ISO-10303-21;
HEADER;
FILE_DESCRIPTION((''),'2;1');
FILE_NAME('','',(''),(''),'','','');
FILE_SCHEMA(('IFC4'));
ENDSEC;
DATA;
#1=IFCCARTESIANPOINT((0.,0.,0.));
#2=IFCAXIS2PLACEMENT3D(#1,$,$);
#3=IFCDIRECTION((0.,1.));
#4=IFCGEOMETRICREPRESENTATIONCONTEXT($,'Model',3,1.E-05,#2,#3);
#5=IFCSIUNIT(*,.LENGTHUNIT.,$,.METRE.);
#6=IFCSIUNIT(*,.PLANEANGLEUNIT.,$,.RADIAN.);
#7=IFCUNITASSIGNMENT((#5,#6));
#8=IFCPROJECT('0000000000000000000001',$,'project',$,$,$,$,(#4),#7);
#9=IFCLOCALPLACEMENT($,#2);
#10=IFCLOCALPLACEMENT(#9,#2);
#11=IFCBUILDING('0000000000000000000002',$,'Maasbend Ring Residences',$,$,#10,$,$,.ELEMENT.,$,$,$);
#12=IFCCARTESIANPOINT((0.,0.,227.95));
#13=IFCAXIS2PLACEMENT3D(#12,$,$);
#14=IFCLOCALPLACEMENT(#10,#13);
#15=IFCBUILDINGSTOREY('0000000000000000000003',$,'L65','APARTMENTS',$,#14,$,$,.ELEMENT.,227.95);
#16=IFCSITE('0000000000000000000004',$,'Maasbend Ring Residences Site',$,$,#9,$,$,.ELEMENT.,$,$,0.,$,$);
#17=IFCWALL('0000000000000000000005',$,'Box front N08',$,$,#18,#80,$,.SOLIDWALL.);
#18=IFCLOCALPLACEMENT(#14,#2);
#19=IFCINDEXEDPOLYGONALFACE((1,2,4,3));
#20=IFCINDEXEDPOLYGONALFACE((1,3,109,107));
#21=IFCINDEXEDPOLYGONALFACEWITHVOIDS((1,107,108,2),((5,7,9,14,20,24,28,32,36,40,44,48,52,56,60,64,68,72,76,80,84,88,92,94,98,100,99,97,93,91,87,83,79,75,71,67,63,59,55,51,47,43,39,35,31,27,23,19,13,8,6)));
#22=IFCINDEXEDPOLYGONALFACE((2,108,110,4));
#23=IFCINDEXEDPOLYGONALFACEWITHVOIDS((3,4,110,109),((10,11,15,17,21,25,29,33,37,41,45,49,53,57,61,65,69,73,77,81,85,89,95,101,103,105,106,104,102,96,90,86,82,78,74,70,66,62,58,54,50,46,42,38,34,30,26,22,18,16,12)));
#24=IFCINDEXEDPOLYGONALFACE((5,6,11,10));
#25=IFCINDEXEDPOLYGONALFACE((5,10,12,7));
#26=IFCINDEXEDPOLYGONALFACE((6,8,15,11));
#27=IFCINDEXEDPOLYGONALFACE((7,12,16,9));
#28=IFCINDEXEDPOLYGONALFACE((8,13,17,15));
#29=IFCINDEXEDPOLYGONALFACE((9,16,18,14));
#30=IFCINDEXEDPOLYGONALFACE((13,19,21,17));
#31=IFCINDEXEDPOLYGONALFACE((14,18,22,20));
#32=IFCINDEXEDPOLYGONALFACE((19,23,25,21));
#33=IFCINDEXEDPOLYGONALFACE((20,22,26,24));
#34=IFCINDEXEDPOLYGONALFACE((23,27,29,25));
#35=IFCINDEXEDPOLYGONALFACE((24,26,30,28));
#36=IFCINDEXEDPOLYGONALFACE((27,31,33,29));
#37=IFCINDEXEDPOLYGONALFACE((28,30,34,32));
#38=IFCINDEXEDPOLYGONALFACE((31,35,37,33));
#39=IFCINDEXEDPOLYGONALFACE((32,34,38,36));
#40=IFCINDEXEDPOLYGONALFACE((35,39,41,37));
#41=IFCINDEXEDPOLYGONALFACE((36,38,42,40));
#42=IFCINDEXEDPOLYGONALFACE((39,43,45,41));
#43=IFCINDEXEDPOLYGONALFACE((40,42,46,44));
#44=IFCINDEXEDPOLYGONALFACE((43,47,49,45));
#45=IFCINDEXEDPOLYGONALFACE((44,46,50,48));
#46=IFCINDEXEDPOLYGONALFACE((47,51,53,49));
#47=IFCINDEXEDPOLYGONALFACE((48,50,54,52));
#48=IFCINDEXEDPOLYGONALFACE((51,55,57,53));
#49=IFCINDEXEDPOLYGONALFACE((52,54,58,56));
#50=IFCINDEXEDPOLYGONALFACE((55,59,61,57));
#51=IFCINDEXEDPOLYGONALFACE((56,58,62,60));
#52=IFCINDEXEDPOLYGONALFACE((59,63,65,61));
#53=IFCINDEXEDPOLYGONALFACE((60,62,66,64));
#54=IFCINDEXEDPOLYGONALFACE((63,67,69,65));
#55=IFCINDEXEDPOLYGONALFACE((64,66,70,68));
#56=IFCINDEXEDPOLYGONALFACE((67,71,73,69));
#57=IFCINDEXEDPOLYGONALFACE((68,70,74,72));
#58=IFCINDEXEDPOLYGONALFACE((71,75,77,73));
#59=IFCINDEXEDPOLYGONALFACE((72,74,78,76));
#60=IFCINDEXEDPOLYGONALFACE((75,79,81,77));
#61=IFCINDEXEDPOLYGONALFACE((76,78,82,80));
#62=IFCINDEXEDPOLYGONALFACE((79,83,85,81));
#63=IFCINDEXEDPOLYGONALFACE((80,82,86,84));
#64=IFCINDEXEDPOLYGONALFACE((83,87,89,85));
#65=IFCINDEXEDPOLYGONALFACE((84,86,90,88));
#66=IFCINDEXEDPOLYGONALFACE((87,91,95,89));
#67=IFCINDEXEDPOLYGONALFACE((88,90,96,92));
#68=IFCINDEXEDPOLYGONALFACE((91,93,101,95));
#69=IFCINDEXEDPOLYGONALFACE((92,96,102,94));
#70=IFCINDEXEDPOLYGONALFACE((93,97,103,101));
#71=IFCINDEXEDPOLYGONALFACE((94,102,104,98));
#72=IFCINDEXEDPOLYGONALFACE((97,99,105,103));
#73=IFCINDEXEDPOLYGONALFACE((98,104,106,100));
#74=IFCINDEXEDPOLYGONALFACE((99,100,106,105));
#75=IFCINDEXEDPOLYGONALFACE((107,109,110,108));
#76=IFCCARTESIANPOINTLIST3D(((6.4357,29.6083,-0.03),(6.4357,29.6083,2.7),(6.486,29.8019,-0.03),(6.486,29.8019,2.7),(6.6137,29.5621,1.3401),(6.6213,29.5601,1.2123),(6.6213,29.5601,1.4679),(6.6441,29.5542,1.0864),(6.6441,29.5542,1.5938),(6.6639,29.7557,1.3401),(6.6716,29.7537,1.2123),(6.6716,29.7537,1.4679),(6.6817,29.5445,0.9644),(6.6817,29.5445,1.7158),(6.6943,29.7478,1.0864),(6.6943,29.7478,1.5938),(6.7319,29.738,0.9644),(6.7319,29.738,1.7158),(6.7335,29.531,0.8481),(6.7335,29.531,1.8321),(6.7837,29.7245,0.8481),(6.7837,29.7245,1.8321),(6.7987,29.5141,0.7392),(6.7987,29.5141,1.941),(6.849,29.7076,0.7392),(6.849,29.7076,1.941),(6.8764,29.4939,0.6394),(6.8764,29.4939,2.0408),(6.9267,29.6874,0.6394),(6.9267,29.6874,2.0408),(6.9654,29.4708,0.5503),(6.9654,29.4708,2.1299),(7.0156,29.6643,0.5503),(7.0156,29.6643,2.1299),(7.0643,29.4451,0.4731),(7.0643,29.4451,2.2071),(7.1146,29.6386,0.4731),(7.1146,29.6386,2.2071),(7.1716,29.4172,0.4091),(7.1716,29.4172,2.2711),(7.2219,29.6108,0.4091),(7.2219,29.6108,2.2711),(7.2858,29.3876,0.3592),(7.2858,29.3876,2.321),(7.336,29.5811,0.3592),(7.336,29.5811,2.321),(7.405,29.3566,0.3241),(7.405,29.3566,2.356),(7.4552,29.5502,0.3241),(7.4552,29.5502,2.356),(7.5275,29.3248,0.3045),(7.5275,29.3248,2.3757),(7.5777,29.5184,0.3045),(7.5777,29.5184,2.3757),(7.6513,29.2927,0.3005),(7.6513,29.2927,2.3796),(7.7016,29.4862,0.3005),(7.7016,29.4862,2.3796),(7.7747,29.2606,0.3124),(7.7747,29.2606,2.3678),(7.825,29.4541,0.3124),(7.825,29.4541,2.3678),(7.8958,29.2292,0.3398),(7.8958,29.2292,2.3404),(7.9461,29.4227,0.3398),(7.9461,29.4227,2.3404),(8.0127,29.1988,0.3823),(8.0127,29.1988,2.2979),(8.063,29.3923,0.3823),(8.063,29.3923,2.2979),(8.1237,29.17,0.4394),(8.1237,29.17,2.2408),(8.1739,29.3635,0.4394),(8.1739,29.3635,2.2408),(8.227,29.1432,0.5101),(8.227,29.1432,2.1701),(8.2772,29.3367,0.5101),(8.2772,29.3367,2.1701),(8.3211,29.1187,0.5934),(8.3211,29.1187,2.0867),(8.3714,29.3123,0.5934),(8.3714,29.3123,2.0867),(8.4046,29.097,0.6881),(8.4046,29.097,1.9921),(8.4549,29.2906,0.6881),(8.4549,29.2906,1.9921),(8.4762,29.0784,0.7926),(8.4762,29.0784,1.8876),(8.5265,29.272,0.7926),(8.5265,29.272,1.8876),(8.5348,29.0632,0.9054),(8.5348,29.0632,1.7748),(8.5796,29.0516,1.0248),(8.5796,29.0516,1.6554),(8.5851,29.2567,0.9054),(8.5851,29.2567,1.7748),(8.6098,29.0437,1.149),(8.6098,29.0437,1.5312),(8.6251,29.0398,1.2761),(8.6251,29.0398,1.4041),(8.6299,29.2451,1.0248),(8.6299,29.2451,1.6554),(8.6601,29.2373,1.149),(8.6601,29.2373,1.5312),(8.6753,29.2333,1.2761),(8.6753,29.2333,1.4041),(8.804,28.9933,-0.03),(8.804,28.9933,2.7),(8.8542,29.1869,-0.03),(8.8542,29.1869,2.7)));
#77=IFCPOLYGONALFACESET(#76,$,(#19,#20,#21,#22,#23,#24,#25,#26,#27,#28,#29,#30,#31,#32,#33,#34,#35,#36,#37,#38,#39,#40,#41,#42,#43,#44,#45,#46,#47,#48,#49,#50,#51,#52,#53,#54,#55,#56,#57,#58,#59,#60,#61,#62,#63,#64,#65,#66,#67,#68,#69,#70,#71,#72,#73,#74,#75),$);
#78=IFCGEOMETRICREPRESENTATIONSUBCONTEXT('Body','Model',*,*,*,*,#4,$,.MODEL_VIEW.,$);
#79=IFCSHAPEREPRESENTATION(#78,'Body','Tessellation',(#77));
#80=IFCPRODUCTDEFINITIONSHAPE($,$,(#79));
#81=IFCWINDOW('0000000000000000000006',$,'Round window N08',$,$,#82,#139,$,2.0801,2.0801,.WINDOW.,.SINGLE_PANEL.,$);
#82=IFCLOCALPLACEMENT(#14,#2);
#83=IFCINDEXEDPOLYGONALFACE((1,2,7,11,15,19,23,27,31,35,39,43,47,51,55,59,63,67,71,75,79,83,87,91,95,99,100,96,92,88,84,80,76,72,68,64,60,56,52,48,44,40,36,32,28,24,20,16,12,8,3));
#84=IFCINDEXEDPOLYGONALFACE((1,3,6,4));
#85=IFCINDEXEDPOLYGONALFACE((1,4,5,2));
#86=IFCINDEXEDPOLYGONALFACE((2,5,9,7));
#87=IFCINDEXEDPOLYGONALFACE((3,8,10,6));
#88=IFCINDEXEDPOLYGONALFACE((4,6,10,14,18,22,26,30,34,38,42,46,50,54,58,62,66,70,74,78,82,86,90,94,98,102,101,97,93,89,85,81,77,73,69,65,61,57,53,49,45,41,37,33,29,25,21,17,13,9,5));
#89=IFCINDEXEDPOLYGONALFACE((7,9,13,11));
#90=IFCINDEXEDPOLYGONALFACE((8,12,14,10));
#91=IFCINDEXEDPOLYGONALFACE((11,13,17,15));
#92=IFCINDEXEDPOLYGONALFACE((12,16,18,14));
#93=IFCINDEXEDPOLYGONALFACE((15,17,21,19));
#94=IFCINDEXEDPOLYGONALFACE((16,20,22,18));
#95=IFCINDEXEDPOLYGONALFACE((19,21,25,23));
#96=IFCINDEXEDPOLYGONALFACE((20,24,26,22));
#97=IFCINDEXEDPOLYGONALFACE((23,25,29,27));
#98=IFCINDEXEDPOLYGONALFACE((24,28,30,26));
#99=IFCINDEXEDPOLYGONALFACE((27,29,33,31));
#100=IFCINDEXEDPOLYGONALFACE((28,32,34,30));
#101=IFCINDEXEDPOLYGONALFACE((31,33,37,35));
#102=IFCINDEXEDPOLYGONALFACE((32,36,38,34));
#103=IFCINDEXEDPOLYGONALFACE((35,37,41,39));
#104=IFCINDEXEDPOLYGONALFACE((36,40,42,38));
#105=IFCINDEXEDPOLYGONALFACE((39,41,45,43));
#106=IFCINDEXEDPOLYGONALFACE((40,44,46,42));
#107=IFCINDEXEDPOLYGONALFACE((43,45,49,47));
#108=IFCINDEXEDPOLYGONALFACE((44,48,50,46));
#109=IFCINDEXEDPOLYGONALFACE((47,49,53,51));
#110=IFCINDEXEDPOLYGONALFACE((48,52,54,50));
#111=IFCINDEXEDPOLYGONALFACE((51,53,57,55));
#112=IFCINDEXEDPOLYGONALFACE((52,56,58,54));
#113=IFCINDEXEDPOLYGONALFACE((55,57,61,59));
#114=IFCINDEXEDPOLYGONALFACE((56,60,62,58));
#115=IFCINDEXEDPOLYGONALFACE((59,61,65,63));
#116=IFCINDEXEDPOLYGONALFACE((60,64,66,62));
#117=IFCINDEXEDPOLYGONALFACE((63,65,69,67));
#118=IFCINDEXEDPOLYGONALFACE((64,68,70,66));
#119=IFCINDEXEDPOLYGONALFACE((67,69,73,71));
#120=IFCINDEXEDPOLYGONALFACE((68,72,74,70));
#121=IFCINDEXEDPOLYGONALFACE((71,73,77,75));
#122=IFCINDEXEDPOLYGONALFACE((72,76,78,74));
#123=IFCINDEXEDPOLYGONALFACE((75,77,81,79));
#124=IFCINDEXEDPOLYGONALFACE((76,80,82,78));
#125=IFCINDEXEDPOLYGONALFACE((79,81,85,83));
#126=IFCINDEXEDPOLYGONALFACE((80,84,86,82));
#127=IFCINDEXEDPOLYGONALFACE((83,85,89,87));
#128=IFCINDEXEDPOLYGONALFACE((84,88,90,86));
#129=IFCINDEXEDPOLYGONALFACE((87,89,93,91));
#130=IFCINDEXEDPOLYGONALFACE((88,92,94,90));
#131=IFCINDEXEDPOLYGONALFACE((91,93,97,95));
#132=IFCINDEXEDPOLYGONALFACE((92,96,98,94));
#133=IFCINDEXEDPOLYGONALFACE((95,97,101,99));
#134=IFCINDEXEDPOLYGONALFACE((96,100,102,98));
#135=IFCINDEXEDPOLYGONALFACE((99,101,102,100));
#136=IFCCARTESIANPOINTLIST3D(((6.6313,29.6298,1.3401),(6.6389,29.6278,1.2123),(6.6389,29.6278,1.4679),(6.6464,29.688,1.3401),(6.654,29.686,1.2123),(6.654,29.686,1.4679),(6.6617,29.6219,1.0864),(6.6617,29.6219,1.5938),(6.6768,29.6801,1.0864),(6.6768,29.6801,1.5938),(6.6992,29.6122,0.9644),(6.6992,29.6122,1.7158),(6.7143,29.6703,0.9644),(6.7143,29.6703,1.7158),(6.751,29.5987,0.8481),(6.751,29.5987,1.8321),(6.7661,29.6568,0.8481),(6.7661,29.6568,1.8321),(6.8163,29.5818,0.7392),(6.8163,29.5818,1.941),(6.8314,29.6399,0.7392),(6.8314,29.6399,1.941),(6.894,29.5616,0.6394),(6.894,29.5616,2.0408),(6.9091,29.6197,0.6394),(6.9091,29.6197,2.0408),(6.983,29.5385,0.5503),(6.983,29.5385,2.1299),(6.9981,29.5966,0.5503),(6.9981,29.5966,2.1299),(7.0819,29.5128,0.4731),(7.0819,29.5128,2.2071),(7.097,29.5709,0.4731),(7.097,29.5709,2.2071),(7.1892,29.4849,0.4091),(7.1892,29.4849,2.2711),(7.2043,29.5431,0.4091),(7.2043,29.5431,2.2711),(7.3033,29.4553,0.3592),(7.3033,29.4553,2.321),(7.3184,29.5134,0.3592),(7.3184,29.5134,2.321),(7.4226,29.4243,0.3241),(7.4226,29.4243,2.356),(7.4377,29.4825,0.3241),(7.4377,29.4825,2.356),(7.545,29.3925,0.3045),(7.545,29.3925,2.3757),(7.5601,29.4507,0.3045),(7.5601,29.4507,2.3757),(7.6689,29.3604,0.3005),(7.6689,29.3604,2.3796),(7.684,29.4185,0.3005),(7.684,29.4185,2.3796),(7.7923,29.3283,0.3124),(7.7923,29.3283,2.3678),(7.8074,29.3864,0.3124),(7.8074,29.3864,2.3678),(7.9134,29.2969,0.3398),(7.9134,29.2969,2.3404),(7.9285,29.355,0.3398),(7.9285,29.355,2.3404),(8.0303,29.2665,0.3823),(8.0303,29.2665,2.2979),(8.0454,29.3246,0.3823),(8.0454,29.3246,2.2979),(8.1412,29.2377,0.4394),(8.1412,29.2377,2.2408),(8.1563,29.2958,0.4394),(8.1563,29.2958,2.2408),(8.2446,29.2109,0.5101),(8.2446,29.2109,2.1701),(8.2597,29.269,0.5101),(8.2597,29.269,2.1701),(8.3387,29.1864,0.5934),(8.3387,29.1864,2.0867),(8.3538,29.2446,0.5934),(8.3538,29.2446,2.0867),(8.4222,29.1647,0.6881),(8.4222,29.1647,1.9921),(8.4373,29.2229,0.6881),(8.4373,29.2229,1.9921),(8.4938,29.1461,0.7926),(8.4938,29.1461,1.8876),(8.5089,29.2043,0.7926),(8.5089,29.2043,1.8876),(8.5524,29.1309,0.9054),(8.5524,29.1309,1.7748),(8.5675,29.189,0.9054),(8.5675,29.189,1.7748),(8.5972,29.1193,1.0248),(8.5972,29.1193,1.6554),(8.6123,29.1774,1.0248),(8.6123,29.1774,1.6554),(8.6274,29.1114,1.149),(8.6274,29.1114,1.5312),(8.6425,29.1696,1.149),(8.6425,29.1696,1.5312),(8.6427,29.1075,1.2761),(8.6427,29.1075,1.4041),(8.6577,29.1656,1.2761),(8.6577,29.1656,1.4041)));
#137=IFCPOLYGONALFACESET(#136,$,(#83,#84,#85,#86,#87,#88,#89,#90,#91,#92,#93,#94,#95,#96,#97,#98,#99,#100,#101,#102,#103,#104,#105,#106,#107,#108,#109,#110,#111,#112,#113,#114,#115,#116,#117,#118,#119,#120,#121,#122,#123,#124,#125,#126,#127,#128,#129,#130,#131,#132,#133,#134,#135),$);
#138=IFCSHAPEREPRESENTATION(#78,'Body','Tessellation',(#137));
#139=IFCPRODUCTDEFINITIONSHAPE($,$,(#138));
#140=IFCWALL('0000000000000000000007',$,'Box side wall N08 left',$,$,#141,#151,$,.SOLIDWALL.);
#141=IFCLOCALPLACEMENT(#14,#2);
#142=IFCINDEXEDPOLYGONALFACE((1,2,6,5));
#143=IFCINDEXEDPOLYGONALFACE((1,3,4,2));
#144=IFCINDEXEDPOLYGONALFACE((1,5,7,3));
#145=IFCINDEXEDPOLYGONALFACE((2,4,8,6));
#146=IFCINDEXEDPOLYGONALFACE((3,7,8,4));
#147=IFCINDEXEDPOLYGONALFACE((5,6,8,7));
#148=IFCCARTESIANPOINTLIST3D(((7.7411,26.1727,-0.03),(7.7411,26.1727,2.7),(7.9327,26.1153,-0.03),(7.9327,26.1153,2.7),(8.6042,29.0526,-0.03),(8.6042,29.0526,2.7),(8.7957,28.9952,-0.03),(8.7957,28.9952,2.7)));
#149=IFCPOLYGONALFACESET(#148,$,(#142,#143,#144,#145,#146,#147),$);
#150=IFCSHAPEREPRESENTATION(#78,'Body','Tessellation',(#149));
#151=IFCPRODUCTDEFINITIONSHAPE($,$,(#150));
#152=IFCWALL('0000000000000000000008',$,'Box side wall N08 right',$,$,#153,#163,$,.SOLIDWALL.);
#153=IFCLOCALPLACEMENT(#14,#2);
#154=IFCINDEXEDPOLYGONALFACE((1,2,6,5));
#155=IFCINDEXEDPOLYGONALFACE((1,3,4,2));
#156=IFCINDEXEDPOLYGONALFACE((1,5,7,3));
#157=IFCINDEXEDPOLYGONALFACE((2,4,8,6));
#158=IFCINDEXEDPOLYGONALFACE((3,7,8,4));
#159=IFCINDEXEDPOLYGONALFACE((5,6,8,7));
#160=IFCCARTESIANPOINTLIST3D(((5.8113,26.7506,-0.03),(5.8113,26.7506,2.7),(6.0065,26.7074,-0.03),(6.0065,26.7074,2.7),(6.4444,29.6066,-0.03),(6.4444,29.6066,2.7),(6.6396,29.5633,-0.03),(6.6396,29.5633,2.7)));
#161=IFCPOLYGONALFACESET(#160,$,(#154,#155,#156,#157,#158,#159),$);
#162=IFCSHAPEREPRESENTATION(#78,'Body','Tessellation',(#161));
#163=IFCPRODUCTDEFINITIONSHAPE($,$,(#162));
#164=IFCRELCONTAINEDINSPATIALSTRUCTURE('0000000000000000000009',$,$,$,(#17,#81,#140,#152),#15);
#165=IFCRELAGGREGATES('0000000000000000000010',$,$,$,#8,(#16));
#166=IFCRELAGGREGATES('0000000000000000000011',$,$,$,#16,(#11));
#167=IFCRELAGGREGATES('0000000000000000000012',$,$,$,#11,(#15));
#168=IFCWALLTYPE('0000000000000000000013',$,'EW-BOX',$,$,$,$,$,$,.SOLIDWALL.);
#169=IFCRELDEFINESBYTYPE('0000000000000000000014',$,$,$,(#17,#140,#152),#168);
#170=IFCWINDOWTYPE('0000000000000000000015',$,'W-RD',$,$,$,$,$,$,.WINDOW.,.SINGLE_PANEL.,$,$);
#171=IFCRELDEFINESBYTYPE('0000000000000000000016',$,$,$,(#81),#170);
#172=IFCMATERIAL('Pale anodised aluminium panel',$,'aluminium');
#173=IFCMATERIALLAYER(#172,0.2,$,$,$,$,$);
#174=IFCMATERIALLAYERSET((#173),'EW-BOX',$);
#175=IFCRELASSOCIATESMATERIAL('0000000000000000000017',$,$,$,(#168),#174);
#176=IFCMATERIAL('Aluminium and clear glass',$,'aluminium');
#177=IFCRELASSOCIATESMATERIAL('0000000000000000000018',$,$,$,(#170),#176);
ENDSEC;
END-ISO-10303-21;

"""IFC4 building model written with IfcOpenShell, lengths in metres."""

from ifc_helpers import new_model, si_unit, direction, frame, frame_2d, origin, place, context, subcontext, project, spatial, rectangle, circle, extrude, material, layer, layer_set, type_object, element, fill, save


model = new_model("IFC4")

# Units and contexts
model_context = context("Model", 3, precision=1e-05, world=origin(), true_north=direction((0.0, 1.0)))
body_context = subcontext(model_context, "Body", "Model", "MODEL_VIEW")
ifc_project = project(units=[si_unit("LENGTHUNIT", "METRE"), si_unit("PLANEANGLEUNIT", "RADIAN")], contexts=[model_context])

# Site, building, storey
site_placement = place(None, origin())
site = spatial("IfcSite", under=ifc_project, at=site_placement, Name="Maasbend Ring Residences Site", CompositionType="ELEMENT", RefElevation=0.0)
building_placement = place(site_placement, origin())
building = spatial("IfcBuilding", under=site, at=building_placement, Name="Maasbend Ring Residences", CompositionType="ELEMENT")
storey_placement = place(building_placement, frame((0.0, 0.0, 227.95)))
storey = spatial("IfcBuildingStorey", under=building, at=storey_placement, Name="L65", Description="APARTMENTS", CompositionType="ELEMENT", Elevation=227.95)

# Shared definitions
ifc_material_1 = material(Name="Pale anodised aluminium panel", Category="aluminium")
ifc_layer_1 = layer(ifc_material_1, 0.2)
ifc_layer_set_1 = layer_set([ifc_layer_1], Name="EW-BOX")
wall_type_1 = type_object("IfcWallType", Name="EW-BOX", PredefinedType="SOLIDWALL", material=ifc_layer_set_1)

# Wall, opening, window
wall_1_placement = place(storey_placement, frame((8.8291, 29.0901, -0.03), z_axis=(0.0, 0.0, 1.0), x_axis=(-0.967895, 0.251353, 0.0)))
wall_1 = element("IfcWall", 1, at=wall_1_placement, inside=storey, type_object=wall_type_1, Name="Box front N08", PredefinedType="SOLIDWALL", context=body_context, shape_type="SweptSolid", body=[
    extrude(rectangle(XDim=2.4468, YDim=0.2, at=frame_2d((1.2234, 0.0))), origin(), (0.0, 0.0, 1.0), 2.73),
])
opening_1_placement = place(wall_1_placement, frame((0.1829, 0.0, 0.3301)))
opening_1 = element("IfcOpeningElement", 2, at=opening_1_placement, cuts=wall_1, PredefinedType="OPENING", context=body_context, shape_type="SweptSolid", body=[
    extrude(circle(Radius=1.04, at=frame_2d((1.04, 1.04))), frame((0.0, 0.1099, 0.0), z_axis=(0.0, -1.0, 0.0), x_axis=(1.0, 0.0, 0.0)), (0.0, 0.0, 1.0), 0.22),
])
ifc_material_2 = material(Name="Aluminium and clear glass", Category="aluminium")
window_type_1 = type_object("IfcWindowType", Name="W-RD", PartitioningType="SINGLE_PANEL", PredefinedType="WINDOW", material=ifc_material_2)
window_1_placement = place(opening_1_placement, origin())
window_1 = element("IfcWindow", 3, at=window_1_placement, inside=storey, type_object=window_type_1, Name="Round window N08", OverallHeight=2.0801, OverallWidth=2.0801, PartitioningType="SINGLE_PANEL", PredefinedType="WINDOW", context=body_context, shape_type="SweptSolid", body=[
    extrude(circle(Radius=1.04, at=frame_2d((1.04, 1.04))), frame((0.0, 0.03, 0.0), z_axis=(0.0, -1.0, 0.0), x_axis=(1.0, 0.0, 0.0)), (0.0, 0.0, 1.0), 0.0601),
])
fill(opening_1, window_1)

# Walls
wall_2_placement = place(storey_placement, frame((7.8369, 26.144, -0.03), z_axis=(0.0, 0.0, 1.0), x_axis=(0.287065, 0.957911, 0.0)))
element("IfcWall", 4, at=wall_2_placement, inside=storey, type_object=wall_type_1, Name="Box side wall N08 left", PredefinedType="SOLIDWALL", context=body_context, shape_type="SweptSolid", body=[
    extrude(rectangle(XDim=3.0063, YDim=0.2, at=frame_2d((1.5032, 0.0))), origin(), (0.0, 0.0, 1.0), 2.73),
])
wall_3_placement = place(storey_placement, frame((5.9089, 26.729, -0.03), z_axis=(0.0, 0.0, 1.0), x_axis=(0.216409, 0.976303, 0.0)))
element("IfcWall", 5, at=wall_3_placement, inside=storey, type_object=wall_type_1, Name="Box side wall N08 right", PredefinedType="SOLIDWALL", context=body_context, shape_type="SweptSolid", body=[
    extrude(rectangle(XDim=2.9253, YDim=0.2, at=frame_2d((1.4626, 0.0))), origin(), (0.0, 0.0, 1.0), 2.73),
])

save(model, "model.ifc")
